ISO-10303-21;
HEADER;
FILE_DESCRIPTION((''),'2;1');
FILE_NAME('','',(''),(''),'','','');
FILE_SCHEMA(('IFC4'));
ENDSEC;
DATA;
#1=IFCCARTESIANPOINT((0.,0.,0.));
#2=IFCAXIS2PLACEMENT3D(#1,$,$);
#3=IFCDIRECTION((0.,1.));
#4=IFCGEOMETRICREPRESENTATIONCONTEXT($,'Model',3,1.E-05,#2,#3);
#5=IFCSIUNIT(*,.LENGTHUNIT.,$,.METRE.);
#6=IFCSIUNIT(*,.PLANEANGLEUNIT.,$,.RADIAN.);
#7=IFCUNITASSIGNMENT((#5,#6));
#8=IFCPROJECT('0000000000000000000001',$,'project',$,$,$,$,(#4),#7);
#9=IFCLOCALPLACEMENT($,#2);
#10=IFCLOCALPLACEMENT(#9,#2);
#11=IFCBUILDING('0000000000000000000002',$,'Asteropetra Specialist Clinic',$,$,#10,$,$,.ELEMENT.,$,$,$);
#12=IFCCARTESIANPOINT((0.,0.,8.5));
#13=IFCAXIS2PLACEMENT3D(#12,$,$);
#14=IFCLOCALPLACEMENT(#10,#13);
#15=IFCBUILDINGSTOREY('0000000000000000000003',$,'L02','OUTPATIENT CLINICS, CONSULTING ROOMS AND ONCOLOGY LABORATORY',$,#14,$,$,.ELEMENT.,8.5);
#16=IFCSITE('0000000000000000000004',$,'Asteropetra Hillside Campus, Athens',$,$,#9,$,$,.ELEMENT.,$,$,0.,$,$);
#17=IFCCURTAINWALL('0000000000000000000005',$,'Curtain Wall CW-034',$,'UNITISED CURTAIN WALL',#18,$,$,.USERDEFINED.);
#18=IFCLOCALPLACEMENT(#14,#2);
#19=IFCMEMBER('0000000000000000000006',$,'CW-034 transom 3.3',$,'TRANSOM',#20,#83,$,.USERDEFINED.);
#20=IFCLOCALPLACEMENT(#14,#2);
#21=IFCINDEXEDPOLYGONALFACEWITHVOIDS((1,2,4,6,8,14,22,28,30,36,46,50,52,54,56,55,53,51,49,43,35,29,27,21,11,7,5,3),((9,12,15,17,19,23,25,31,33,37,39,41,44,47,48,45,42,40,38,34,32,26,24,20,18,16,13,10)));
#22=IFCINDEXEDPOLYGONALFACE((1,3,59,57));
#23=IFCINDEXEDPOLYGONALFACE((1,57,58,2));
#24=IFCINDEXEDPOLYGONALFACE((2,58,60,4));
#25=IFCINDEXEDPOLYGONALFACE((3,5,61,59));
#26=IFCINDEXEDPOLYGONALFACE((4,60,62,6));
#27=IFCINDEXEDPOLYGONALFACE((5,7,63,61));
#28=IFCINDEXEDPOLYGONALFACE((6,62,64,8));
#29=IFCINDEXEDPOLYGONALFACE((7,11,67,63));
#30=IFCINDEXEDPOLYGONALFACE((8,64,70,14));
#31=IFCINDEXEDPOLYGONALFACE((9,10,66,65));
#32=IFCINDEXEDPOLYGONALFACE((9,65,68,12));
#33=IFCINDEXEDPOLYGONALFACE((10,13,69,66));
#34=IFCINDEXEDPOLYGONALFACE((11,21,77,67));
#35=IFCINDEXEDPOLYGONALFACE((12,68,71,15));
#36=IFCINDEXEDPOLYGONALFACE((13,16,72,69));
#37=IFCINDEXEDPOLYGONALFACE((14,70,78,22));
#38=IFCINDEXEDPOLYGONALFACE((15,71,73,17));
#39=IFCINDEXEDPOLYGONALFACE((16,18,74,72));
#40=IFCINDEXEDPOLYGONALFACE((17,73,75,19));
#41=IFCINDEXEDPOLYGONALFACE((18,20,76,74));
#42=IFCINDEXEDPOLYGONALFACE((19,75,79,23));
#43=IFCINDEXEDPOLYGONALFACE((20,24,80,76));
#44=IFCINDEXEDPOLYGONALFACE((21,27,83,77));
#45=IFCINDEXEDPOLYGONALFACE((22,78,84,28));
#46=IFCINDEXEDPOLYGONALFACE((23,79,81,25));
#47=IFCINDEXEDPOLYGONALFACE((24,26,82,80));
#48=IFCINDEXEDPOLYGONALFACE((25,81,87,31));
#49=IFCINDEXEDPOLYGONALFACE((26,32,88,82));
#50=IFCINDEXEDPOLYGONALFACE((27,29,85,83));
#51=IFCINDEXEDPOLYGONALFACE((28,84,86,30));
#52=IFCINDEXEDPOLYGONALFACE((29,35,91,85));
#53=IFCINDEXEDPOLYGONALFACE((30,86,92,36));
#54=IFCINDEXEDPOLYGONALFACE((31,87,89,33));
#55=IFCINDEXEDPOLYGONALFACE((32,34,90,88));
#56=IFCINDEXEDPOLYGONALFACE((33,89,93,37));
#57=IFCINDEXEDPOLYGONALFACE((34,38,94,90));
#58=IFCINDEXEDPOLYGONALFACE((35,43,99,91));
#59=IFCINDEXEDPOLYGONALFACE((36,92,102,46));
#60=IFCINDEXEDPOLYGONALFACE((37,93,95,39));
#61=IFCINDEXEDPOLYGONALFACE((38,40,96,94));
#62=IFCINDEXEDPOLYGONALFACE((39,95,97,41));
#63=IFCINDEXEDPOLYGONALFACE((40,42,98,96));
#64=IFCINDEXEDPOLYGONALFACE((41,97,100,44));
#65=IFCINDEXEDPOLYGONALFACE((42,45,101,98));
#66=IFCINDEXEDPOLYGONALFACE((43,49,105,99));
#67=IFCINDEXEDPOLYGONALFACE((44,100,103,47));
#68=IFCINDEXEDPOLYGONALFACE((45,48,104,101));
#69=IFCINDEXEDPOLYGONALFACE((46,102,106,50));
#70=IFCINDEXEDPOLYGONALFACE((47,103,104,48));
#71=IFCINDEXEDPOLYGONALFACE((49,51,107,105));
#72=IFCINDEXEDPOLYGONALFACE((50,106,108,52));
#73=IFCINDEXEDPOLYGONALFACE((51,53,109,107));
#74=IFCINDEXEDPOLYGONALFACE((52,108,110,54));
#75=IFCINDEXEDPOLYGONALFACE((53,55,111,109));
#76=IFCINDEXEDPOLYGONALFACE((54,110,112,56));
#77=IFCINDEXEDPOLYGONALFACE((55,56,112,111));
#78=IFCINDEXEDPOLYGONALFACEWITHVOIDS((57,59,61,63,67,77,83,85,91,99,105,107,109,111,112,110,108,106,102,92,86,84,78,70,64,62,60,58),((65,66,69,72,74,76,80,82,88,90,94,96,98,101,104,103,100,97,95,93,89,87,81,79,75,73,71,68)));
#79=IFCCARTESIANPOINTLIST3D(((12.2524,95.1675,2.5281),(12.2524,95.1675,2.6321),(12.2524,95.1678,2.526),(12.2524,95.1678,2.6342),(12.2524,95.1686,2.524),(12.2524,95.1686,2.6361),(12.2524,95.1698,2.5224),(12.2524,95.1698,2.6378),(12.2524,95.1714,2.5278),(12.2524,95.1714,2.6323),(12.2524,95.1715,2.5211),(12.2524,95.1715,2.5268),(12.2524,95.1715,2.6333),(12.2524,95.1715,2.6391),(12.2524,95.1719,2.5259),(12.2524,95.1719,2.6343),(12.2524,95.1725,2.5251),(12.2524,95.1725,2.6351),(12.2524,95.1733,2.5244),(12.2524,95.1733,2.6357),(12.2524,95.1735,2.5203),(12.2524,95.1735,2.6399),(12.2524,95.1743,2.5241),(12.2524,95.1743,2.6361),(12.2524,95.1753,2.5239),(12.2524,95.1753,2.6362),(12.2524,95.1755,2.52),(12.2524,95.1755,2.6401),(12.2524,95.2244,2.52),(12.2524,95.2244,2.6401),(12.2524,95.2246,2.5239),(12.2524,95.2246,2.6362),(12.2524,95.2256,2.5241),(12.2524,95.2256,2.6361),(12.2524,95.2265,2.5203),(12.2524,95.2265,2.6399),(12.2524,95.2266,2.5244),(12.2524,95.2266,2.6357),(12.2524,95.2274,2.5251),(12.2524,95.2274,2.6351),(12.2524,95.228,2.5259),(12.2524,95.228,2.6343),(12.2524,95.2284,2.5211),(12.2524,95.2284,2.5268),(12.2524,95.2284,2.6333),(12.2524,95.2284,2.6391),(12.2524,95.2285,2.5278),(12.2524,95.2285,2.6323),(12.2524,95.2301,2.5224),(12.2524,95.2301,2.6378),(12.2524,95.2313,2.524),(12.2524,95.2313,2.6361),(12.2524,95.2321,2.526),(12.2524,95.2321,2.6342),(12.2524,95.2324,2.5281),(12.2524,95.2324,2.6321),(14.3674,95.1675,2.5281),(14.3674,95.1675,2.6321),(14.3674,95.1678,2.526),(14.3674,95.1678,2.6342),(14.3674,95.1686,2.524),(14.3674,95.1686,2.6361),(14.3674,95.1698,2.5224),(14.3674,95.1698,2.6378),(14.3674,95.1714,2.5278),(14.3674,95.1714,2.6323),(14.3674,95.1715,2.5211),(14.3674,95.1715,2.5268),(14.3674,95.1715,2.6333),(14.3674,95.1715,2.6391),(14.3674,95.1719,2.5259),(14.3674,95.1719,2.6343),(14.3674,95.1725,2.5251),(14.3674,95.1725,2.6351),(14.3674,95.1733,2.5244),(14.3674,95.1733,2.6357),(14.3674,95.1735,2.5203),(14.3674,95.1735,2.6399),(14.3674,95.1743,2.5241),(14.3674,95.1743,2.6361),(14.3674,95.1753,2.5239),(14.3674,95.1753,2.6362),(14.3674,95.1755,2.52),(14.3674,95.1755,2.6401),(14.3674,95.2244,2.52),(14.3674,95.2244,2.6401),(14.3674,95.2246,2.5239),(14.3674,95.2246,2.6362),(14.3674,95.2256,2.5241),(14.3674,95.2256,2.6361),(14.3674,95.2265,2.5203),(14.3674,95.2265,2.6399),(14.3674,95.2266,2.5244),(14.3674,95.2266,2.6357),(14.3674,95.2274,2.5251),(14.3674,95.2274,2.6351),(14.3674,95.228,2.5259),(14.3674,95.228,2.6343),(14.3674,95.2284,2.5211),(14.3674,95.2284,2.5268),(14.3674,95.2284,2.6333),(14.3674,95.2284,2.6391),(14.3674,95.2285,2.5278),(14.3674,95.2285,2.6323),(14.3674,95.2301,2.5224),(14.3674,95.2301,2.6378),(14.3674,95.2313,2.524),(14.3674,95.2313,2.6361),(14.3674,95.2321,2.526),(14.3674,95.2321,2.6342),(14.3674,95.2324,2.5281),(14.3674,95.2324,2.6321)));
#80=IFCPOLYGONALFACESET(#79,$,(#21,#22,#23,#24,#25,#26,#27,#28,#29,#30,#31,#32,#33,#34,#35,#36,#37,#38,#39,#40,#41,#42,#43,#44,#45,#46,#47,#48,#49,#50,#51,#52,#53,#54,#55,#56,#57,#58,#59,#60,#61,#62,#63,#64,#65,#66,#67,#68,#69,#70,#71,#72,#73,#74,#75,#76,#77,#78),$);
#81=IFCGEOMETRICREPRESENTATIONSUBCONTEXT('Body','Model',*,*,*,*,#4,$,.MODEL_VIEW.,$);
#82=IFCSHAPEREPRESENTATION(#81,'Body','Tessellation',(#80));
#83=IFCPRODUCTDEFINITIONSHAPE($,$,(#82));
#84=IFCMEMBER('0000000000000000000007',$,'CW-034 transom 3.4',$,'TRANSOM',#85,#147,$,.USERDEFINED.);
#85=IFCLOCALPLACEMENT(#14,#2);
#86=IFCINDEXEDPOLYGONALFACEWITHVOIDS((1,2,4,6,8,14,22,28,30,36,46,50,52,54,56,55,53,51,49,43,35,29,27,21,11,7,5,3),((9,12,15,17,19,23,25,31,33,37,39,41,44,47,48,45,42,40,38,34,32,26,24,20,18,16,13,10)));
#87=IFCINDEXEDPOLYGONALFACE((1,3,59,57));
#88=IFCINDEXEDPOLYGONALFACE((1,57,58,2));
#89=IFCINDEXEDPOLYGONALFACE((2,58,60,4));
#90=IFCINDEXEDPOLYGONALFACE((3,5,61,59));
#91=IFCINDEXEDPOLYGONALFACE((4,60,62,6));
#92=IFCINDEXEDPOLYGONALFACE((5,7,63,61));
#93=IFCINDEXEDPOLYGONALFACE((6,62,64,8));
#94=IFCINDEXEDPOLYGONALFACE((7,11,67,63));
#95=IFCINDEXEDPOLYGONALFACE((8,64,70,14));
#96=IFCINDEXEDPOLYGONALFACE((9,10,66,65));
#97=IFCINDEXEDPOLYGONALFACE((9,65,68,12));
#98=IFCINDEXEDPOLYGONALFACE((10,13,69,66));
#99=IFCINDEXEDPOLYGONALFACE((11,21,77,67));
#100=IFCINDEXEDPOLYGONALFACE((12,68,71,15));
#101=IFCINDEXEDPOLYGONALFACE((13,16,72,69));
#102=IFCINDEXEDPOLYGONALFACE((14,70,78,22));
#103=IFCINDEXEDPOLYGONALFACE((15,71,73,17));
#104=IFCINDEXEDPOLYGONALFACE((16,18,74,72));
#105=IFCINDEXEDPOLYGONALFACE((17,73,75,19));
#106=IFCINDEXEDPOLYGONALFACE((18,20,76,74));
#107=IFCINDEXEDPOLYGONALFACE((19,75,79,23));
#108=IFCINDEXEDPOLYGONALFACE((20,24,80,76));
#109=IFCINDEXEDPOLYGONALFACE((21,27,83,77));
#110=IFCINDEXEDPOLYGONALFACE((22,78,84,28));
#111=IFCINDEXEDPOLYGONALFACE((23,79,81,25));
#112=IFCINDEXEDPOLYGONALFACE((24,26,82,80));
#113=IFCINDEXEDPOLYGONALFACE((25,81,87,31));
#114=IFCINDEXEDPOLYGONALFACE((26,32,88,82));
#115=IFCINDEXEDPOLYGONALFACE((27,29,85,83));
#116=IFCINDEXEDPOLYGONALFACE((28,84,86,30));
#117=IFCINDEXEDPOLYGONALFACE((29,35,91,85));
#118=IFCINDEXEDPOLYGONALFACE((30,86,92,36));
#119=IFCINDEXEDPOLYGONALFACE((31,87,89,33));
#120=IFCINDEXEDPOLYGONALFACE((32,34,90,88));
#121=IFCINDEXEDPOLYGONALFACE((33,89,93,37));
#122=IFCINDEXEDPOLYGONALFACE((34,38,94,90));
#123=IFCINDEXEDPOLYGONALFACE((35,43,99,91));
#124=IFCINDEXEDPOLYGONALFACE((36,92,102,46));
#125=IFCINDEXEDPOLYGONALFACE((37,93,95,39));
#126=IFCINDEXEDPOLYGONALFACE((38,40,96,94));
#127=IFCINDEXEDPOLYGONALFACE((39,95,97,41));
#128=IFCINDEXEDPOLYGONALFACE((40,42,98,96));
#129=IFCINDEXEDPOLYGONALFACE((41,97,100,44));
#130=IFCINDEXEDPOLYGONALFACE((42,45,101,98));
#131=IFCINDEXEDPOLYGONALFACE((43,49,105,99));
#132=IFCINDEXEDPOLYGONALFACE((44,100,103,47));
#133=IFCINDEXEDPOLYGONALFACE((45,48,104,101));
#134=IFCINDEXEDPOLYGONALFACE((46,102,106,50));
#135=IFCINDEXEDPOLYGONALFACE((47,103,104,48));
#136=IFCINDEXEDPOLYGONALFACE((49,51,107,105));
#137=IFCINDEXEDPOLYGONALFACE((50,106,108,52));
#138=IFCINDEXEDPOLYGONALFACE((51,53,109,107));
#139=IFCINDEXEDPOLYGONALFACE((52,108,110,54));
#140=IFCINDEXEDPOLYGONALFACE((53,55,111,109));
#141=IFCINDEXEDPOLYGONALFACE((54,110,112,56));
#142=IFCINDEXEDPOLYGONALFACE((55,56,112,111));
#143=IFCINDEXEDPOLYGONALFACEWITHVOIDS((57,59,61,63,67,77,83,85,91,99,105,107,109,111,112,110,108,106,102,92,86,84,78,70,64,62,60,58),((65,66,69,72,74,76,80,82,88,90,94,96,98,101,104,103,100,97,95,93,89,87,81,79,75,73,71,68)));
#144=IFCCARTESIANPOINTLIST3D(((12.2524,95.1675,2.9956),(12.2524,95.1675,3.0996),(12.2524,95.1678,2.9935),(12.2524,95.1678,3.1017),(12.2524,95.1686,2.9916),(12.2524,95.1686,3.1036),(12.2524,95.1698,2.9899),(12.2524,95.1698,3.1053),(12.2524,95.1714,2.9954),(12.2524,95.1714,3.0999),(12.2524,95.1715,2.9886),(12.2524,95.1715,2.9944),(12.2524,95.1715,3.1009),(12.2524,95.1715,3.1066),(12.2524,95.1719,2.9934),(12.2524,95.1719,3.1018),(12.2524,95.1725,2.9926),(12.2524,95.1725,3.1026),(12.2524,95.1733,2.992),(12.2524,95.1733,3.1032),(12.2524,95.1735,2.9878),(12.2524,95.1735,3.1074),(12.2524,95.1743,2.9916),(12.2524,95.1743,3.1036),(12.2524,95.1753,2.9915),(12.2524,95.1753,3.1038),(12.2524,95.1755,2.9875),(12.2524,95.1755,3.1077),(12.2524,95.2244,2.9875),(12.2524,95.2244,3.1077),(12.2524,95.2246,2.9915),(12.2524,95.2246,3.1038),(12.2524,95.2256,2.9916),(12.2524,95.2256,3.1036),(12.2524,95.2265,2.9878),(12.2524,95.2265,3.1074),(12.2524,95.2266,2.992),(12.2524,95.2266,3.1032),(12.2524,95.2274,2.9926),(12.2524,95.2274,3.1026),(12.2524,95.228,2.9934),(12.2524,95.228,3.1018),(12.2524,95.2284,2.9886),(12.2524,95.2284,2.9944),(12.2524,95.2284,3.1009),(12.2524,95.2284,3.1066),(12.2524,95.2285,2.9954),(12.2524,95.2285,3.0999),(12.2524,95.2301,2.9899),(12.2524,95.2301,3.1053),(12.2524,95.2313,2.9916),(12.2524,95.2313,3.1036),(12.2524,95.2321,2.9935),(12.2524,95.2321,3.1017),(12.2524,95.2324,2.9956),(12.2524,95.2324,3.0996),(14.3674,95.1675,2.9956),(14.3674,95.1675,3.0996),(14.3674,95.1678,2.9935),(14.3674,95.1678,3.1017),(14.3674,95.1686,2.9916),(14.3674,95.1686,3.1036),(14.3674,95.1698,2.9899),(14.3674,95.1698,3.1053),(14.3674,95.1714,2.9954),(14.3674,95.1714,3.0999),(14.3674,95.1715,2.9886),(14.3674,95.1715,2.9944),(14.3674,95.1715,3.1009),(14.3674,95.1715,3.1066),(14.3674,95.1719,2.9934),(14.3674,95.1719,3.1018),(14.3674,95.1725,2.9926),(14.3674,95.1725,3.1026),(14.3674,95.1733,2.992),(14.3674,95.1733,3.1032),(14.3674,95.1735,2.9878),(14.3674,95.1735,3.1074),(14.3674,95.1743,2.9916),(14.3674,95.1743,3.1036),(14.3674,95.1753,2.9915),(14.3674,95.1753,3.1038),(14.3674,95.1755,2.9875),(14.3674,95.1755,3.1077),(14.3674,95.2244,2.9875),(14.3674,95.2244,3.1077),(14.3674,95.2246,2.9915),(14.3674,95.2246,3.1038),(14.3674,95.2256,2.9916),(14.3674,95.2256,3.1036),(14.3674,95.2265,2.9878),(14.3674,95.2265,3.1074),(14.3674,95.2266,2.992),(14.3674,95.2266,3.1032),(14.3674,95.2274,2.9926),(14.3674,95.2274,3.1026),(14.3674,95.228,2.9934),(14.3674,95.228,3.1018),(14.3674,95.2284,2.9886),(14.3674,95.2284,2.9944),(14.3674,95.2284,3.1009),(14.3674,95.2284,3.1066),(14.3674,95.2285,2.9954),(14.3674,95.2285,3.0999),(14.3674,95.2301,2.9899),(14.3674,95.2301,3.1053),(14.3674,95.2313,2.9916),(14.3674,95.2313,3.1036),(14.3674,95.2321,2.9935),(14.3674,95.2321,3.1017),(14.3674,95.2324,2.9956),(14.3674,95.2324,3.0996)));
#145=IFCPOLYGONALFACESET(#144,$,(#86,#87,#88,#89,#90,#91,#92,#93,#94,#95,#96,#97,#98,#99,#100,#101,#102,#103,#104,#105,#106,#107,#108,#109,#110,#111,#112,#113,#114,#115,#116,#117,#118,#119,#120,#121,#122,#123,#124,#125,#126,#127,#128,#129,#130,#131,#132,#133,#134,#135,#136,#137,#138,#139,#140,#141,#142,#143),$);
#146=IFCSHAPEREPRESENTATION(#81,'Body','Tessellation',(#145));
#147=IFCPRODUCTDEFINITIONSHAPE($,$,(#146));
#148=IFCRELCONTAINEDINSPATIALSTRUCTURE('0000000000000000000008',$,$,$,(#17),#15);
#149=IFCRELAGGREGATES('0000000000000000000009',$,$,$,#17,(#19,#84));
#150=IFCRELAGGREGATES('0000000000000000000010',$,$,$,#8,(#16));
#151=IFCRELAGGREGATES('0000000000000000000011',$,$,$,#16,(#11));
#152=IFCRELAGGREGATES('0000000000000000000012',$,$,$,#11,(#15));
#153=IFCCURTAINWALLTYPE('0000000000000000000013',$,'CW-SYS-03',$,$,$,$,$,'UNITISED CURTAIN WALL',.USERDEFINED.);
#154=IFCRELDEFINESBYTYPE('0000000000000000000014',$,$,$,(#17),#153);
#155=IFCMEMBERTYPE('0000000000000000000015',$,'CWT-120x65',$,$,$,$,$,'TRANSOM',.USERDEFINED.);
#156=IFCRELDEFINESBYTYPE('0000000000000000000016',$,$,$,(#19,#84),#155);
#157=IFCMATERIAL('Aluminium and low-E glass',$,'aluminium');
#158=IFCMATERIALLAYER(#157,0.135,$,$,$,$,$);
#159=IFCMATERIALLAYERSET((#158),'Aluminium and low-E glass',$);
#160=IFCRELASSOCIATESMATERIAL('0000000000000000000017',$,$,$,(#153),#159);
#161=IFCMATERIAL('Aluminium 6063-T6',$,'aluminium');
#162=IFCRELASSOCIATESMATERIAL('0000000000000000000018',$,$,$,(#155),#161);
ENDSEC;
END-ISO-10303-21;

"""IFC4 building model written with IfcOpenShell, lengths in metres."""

from ifc_helpers import new_model, si_unit, direction, frame, origin, origin_2d, place, context, subcontext, project, spatial, hollow_rectangle, extrude, material, layer, layer_set, material_profile, profile_set, type_object, element, aggregate, save


model = new_model("IFC4")

# Units and contexts
model_context = context("Model", 3, precision=1e-05, world=origin(), true_north=direction((0.0, 1.0)))
body_context = subcontext(model_context, "Body", "Model", "MODEL_VIEW")
ifc_project = project(units=[si_unit("LENGTHUNIT", "METRE"), si_unit("PLANEANGLEUNIT", "RADIAN")], contexts=[model_context])

# Site, building, storey
site_placement = place(None, origin())
site = spatial("IfcSite", under=ifc_project, at=site_placement, Name="Asteropetra Hillside Campus, Athens", CompositionType="ELEMENT", RefElevation=0.0)
building_placement = place(site_placement, origin())
building = spatial("IfcBuilding", under=site, at=building_placement, Name="Asteropetra Specialist Clinic", CompositionType="ELEMENT")
storey_placement = place(building_placement, frame((0.0, 0.0, 8.5)))
storey = spatial("IfcBuildingStorey", under=building, at=storey_placement, Name="L02", Description="OUTPATIENT CLINICS, CONSULTING ROOMS AND ONCOLOGY LABORATORY", CompositionType="ELEMENT", Elevation=8.5)

# Curtain wall, members
ifc_material_1 = material(Name="Aluminium and low-E glass", Category="aluminium")
ifc_layer_1 = layer(ifc_material_1, 0.135)
ifc_layer_set_1 = layer_set([ifc_layer_1], Name="Aluminium and low-E glass")
curtain_wall_type = type_object("IfcCurtainWallType", Name="CW-SYS-03", ElementType="UNITISED CURTAIN WALL", PredefinedType="USERDEFINED", material=ifc_layer_set_1)
curtain_wall_placement = place(storey_placement, origin())
curtain_wall = element("IfcCurtainWall", 1, at=curtain_wall_placement, inside=storey, type_object=curtain_wall_type, Name="Curtain Wall CW-034", ObjectType="UNITISED CURTAIN WALL", PredefinedType="USERDEFINED")
ifc_material_2 = material(Name="Aluminium 6063-T6", Category="aluminium")
ifc_material_profile_1 = material_profile(ifc_material_2, hollow_rectangle(XDim=0.0649, YDim=0.1201, WallThickness=0.0039, InnerFilletRadius=0.0039, OuterFilletRadius=0.0081, at=origin_2d()), Name="TRN 120x65x4.0")
ifc_profile_set_1 = profile_set([ifc_material_profile_1], Name="Aluminium 6063-T6")
member_type_1 = type_object("IfcMemberType", Name="CWT-120x65", ElementType="TRANSOM", PredefinedType="USERDEFINED", material=ifc_profile_set_1)
member_1_placement = place(storey_placement, frame((14.3674, 95.2, 2.5801), z_axis=(-1.0, 0.0, 0.0), x_axis=(0.0, -1.0, 0.0)))
member_1 = element("IfcMember", 2, at=member_1_placement, type_object=member_type_1, Name="CW-034 transom 3.3", ObjectType="TRANSOM", PredefinedType="USERDEFINED", context=body_context, shape_type="SweptSolid", body=[
    extrude(hollow_rectangle(XDim=0.0649, YDim=0.1201, WallThickness=0.0039, InnerFilletRadius=0.0039, OuterFilletRadius=0.0081, at=origin_2d()), origin(), (0.0, 0.0, 1.0), 2.115),
])
member_2_placement = place(storey_placement, frame((14.3674, 95.2, 3.0476), z_axis=(-1.0, 0.0, 0.0), x_axis=(0.0, -1.0, 0.0)))
member_2 = element("IfcMember", 3, at=member_2_placement, type_object=member_type_1, Name="CW-034 transom 3.4", ObjectType="TRANSOM", PredefinedType="USERDEFINED", context=body_context, shape_type="SweptSolid", body=[
    extrude(hollow_rectangle(XDim=0.0649, YDim=0.1201, WallThickness=0.0039, InnerFilletRadius=0.0039, OuterFilletRadius=0.0081, at=origin_2d()), origin(), (0.0, 0.0, 1.0), 2.115),
])

aggregate(curtain_wall, [member_1, member_2])

save(model, "model.ifc")
